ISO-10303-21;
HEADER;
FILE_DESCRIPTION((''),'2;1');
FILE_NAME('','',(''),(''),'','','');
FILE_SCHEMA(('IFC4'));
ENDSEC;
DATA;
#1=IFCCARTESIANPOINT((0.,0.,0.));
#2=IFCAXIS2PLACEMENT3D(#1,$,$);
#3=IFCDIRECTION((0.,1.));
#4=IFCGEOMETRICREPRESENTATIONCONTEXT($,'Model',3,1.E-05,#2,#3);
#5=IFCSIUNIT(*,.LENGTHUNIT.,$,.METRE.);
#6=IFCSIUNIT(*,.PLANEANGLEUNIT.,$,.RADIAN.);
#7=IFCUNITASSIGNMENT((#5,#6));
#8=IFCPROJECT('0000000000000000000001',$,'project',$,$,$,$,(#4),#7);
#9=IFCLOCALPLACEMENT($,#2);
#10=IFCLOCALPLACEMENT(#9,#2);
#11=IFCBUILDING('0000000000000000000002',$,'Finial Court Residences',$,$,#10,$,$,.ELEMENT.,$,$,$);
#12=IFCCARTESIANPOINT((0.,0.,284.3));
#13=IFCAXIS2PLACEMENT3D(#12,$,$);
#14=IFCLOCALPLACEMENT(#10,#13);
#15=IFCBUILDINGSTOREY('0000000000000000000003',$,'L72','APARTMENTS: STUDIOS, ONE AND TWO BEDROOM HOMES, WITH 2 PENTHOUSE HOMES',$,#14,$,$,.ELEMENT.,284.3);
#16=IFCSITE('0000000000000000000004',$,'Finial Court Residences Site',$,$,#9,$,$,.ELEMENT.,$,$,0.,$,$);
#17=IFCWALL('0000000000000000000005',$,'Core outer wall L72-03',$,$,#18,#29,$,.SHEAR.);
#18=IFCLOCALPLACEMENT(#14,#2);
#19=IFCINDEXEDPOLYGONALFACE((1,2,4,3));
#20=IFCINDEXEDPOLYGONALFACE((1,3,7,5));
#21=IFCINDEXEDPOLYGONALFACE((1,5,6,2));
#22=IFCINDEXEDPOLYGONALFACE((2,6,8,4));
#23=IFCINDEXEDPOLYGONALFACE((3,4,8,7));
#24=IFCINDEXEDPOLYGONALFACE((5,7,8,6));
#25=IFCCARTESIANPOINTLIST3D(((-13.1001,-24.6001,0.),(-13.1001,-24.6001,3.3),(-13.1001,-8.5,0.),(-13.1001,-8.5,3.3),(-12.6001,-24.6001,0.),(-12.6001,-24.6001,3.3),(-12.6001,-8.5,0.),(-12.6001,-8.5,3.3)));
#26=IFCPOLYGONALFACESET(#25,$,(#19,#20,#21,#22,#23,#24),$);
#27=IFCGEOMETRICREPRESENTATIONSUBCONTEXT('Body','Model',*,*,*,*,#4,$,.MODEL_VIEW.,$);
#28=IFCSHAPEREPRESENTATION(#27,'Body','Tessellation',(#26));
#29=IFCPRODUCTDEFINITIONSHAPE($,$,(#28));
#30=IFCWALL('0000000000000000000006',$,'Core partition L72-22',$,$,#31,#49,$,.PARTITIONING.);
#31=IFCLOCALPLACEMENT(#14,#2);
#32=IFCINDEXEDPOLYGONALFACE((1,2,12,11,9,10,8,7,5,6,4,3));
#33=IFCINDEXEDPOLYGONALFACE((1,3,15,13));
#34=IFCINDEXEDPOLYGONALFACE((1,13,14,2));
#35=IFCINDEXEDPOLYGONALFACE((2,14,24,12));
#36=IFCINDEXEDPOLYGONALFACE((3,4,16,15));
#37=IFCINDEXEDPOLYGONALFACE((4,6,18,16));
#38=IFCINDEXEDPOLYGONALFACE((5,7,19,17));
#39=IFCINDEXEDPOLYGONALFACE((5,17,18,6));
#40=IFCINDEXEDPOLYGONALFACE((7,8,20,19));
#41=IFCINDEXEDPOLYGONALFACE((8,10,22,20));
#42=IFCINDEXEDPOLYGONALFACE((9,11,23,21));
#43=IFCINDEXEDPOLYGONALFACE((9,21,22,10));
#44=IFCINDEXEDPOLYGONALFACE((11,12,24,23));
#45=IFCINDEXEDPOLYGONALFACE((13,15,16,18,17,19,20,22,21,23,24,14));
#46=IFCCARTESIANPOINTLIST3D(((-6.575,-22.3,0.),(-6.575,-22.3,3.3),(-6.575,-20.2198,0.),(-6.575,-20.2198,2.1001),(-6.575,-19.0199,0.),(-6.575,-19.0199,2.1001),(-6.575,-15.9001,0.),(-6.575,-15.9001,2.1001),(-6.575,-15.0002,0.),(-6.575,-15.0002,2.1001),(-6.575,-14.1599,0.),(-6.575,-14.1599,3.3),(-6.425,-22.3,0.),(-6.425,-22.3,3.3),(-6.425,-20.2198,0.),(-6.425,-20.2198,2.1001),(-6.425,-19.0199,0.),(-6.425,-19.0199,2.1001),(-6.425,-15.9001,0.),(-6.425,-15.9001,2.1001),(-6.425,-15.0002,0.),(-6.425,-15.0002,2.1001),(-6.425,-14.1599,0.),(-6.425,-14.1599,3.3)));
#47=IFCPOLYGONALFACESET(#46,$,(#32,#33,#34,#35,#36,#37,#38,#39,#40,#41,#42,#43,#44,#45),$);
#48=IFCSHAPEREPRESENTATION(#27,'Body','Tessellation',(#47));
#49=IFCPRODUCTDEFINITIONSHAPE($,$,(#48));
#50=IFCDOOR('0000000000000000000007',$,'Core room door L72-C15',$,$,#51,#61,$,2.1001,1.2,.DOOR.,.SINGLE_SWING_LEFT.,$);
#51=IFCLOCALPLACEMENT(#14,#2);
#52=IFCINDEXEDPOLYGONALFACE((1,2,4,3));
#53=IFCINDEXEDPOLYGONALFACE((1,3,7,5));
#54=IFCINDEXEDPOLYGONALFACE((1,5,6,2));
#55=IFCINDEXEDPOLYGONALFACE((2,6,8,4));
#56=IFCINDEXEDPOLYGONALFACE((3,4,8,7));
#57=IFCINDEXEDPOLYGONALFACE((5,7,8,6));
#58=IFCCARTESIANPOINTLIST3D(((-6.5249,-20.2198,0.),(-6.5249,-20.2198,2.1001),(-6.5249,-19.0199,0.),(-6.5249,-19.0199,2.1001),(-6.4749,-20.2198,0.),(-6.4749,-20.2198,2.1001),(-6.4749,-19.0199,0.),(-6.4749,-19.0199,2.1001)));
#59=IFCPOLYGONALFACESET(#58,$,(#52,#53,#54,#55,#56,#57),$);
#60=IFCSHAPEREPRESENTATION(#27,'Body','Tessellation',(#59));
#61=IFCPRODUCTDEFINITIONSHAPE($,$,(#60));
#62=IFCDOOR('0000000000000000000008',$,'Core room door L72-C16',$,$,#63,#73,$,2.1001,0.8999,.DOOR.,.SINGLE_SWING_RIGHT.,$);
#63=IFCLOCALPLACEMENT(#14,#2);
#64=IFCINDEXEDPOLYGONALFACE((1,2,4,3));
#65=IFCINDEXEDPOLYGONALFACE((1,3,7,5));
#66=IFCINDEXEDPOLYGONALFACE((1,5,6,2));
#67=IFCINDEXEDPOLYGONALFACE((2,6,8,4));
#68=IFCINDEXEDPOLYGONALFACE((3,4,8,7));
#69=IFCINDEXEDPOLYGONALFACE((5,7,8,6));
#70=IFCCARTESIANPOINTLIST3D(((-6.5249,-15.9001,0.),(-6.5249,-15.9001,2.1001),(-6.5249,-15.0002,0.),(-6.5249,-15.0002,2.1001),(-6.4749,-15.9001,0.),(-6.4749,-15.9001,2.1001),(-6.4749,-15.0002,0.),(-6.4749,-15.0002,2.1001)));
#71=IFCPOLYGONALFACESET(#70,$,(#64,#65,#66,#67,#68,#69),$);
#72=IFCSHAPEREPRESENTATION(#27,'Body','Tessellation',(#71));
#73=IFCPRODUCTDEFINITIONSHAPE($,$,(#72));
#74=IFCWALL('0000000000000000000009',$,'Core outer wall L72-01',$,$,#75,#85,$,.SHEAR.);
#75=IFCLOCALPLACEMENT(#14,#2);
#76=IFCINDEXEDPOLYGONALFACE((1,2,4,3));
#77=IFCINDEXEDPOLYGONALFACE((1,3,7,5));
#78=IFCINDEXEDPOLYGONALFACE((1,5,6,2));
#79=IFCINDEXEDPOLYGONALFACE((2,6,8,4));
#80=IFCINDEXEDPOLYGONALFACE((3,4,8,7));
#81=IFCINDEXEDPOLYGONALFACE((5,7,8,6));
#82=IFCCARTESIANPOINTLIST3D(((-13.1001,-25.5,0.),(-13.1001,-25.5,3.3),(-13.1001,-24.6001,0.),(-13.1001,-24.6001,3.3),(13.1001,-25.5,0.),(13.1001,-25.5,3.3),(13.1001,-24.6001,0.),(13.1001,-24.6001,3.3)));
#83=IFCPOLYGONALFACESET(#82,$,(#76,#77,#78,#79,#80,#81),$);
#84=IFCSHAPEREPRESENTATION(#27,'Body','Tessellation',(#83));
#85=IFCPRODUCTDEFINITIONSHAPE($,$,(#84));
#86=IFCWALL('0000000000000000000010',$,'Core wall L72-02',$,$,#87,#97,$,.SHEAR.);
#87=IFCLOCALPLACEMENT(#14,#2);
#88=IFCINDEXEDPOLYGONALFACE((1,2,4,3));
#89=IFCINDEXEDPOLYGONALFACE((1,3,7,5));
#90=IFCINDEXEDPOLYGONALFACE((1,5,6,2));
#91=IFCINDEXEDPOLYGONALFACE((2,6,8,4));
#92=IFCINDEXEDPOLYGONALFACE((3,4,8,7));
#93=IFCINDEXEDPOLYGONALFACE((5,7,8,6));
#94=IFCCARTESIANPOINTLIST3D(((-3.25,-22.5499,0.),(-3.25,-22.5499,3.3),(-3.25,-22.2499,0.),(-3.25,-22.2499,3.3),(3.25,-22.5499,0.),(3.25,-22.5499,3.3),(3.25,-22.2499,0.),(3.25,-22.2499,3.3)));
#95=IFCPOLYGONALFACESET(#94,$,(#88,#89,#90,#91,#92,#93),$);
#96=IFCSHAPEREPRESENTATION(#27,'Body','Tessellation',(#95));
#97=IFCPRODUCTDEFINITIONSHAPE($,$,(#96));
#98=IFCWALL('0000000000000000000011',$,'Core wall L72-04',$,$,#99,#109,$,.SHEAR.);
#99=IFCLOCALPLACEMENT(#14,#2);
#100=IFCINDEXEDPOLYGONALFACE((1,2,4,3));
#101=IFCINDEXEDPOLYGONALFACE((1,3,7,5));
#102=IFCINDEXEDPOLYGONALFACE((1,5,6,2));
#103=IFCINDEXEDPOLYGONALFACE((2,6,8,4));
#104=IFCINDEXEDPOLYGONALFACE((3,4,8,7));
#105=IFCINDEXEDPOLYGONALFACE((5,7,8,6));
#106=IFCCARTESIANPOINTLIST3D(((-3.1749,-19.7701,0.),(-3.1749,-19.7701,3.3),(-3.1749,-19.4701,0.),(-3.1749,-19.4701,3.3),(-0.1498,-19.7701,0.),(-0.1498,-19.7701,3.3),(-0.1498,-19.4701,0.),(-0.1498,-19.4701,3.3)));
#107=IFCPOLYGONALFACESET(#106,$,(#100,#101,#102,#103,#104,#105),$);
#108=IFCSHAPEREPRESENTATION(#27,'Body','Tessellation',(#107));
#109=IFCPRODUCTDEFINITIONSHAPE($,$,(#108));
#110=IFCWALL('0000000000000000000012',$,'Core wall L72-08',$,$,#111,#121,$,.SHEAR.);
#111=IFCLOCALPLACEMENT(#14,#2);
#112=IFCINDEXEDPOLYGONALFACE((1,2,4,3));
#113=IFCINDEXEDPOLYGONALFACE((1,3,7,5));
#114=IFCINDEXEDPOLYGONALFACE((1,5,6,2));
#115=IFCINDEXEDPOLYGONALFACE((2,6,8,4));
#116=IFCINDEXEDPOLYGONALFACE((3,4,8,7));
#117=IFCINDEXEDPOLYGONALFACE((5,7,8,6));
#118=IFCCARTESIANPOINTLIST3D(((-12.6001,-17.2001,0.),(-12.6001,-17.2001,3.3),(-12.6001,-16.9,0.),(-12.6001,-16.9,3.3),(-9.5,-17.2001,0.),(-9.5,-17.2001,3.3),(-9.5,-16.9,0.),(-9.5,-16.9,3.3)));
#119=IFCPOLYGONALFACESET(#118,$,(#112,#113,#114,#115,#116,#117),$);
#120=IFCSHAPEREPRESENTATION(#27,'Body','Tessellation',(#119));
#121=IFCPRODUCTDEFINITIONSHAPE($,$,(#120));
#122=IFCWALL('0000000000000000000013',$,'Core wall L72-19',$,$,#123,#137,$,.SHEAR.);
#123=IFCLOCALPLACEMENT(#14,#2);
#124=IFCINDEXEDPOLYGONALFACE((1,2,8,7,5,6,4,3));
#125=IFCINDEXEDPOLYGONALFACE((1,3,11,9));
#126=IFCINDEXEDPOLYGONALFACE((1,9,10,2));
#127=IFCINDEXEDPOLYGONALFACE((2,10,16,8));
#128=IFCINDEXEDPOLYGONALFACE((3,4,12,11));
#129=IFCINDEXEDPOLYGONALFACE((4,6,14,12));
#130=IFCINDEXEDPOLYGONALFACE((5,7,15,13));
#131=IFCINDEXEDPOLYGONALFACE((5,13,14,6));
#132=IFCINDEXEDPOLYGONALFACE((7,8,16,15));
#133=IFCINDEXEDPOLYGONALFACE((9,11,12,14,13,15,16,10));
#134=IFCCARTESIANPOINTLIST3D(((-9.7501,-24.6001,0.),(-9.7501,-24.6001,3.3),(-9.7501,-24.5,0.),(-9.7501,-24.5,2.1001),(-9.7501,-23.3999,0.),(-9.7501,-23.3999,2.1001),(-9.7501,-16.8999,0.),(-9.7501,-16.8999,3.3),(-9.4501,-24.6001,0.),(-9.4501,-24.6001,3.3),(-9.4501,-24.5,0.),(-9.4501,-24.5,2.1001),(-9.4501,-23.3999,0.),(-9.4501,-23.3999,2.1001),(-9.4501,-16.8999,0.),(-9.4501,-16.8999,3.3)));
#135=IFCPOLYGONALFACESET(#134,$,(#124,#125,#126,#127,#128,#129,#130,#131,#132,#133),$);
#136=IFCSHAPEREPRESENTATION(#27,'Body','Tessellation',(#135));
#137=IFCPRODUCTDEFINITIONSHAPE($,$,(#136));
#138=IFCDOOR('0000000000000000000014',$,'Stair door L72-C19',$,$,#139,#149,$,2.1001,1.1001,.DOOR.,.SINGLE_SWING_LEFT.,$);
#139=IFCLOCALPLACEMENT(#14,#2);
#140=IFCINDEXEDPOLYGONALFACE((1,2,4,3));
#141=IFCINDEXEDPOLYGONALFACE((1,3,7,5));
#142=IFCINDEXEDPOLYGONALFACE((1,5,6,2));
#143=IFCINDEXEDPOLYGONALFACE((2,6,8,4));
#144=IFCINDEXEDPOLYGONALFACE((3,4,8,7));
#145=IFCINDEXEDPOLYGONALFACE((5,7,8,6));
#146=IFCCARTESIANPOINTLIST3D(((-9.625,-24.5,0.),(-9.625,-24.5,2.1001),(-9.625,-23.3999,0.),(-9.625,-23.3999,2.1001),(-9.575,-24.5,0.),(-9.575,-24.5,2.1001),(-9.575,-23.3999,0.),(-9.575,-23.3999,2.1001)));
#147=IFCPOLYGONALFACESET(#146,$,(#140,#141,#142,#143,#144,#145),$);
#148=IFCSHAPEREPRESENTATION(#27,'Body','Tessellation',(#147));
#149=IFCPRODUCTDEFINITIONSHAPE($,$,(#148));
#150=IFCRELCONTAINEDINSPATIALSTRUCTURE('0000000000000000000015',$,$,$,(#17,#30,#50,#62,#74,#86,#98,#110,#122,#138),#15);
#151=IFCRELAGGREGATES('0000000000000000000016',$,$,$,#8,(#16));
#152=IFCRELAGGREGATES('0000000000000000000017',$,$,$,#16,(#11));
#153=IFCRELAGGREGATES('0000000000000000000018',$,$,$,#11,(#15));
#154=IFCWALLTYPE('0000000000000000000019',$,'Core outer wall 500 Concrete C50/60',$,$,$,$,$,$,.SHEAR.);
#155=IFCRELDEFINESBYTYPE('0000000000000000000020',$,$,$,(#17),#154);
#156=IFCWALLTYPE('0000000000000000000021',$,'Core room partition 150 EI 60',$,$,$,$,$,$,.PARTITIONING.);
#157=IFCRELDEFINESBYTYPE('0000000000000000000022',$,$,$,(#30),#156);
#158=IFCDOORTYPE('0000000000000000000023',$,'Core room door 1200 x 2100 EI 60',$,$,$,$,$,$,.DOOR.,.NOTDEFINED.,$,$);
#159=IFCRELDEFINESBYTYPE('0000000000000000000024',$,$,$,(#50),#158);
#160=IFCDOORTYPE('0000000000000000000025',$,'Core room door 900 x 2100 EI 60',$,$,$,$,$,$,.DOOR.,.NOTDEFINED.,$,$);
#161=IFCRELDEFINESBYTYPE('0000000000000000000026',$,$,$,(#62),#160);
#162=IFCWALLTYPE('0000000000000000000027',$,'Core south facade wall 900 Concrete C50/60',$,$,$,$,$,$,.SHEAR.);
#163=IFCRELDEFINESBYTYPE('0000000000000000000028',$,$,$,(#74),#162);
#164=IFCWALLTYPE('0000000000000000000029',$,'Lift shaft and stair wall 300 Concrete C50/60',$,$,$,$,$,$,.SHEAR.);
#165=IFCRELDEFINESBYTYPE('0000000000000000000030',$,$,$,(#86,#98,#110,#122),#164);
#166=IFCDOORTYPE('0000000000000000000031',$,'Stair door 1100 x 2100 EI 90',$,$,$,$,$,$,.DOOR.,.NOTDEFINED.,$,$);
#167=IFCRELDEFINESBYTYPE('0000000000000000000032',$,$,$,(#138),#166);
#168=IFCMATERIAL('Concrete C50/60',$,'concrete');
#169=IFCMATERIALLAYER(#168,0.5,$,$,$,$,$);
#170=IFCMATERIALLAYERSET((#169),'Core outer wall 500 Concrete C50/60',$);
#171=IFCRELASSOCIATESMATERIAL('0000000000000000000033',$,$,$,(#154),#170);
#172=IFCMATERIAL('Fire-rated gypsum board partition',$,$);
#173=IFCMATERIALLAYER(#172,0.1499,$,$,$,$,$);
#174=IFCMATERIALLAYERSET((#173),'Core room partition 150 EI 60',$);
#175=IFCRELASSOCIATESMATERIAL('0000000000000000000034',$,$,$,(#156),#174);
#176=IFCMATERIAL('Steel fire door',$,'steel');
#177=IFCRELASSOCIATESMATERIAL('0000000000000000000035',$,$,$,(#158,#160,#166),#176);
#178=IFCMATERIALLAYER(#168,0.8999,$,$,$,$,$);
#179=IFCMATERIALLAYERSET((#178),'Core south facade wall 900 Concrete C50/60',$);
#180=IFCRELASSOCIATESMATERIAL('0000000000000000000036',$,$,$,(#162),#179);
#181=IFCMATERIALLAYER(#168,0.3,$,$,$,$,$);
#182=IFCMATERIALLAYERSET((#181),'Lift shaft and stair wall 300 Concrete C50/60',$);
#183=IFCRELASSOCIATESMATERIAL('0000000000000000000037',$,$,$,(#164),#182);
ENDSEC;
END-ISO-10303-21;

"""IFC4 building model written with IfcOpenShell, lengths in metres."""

from ifc_helpers import new_model, si_unit, direction, frame, frame_2d, origin, place, context, subcontext, project, spatial, rectangle, extrude, material, layer, layer_set, type_object, element, fill, save


model = new_model("IFC4")

# Units and contexts
model_context = context("Model", 3, precision=1e-05, world=origin(), true_north=direction((0.0, 1.0)))
body_context = subcontext(model_context, "Body", "Model", "MODEL_VIEW")
ifc_project = project(units=[si_unit("LENGTHUNIT", "METRE"), si_unit("PLANEANGLEUNIT", "RADIAN")], contexts=[model_context])

# Site, building, storey
site_placement = place(None, origin())
site = spatial("IfcSite", under=ifc_project, at=site_placement, Name="Finial Court Residences Site", CompositionType="ELEMENT", RefElevation=0.0)
building_placement = place(site_placement, origin())
building = spatial("IfcBuilding", under=site, at=building_placement, Name="Finial Court Residences", CompositionType="ELEMENT")
storey_placement = place(building_placement, frame((0.0, 0.0, 284.3)))
storey = spatial("IfcBuildingStorey", under=building, at=storey_placement, Name="L72", Description="APARTMENTS: STUDIOS, ONE AND TWO BEDROOM HOMES, WITH 2 PENTHOUSE HOMES", CompositionType="ELEMENT", Elevation=284.3)

# Wall
ifc_material_1 = material(Name="Concrete C50/60", Category="concrete")
ifc_layer_1 = layer(ifc_material_1, 0.5)
ifc_layer_set_1 = layer_set([ifc_layer_1], Name="Core outer wall 500 Concrete C50/60")
wall_type_1 = type_object("IfcWallType", Name="Core outer wall 500 Concrete C50/60", PredefinedType="SHEAR", material=ifc_layer_set_1)
wall_1_placement = place(storey_placement, frame((-12.8501, -24.6001, 0.0), z_axis=(0.0, 0.0, 1.0), x_axis=(0.0, 1.0, 0.0)))
element("IfcWall", 1, at=wall_1_placement, inside=storey, type_object=wall_type_1, Name="Core outer wall L72-03", PredefinedType="SHEAR", context=body_context, shape_type="SweptSolid", body=[
    extrude(rectangle(XDim=16.1001, YDim=0.5, at=frame_2d((8.05, 0.0))), origin(), (0.0, 0.0, 1.0), 3.3),
])

# Wall, openings, doors
ifc_material_2 = material(Name="Fire-rated gypsum board partition")
ifc_layer_2 = layer(ifc_material_2, 0.1499)
ifc_layer_set_2 = layer_set([ifc_layer_2], Name="Core room partition 150 EI 60")
wall_type_2 = type_object("IfcWallType", Name="Core room partition 150 EI 60", PredefinedType="PARTITIONING", material=ifc_layer_set_2)
wall_2_placement = place(storey_placement, frame((-6.5, -22.3, 0.0), z_axis=(0.0, 0.0, 1.0), x_axis=(0.0, 1.0, 0.0)))
wall_2 = element("IfcWall", 2, at=wall_2_placement, inside=storey, type_object=wall_type_2, Name="Core partition L72-22", PredefinedType="PARTITIONING", context=body_context, shape_type="SweptSolid", body=[
    extrude(rectangle(XDim=8.1401, YDim=0.1499, at=frame_2d((4.0701, 0.0))), origin(), (0.0, 0.0, 1.0), 3.3),
])
opening_1_placement = place(wall_2_placement, frame((2.0801, 0.0, 0.0)))
opening_1 = element("IfcOpeningElement", 3, at=opening_1_placement, cuts=wall_2, PredefinedType="OPENING", context=body_context, shape_type="SweptSolid", body=[
    extrude(rectangle(XDim=1.2, YDim=2.1001, at=frame_2d((0.6001, 1.05))), frame((0.0, 0.085, 0.0), z_axis=(0.0, -1.0, 0.0), x_axis=(1.0, 0.0, 0.0)), (0.0, 0.0, 1.0), 0.1699),
])
opening_2_placement = place(wall_2_placement, frame((6.3999, 0.0, 0.0)))
opening_2 = element("IfcOpeningElement", 4, at=opening_2_placement, cuts=wall_2, PredefinedType="OPENING", context=body_context, shape_type="SweptSolid", body=[
    extrude(rectangle(XDim=0.8999, YDim=2.1001, at=frame_2d((0.45, 1.05))), frame((0.0, 0.085, 0.0), z_axis=(0.0, -1.0, 0.0), x_axis=(1.0, 0.0, 0.0)), (0.0, 0.0, 1.0), 0.1699),
])
ifc_material_3 = material(Name="Steel fire door", Category="steel")
door_type_1 = type_object("IfcDoorType", Name="Core room door 1200 x 2100 EI 60", OperationType="NOTDEFINED", PredefinedType="DOOR", material=ifc_material_3)
door_1_placement = place(opening_1_placement, origin())
door_1 = element("IfcDoor", 5, at=door_1_placement, inside=storey, type_object=door_type_1, Name="Core room door L72-C15", OperationType="SINGLE_SWING_LEFT", OverallHeight=2.1001, OverallWidth=1.2, PredefinedType="DOOR", context=body_context, shape_type="SweptSolid", body=[
    extrude(rectangle(XDim=1.2, YDim=2.1001, at=frame_2d((0.6001, 1.05))), frame((0.0, 0.0249, 0.0), z_axis=(0.0, -1.0, 0.0), x_axis=(1.0, 0.0, 0.0)), (0.0, 0.0, 1.0), 0.05),
])
fill(opening_1, door_1)
door_type_2 = type_object("IfcDoorType", Name="Core room door 900 x 2100 EI 60", OperationType="NOTDEFINED", PredefinedType="DOOR", material=ifc_material_3)
door_2_placement = place(opening_2_placement, origin())
door_2 = element("IfcDoor", 6, at=door_2_placement, inside=storey, type_object=door_type_2, Name="Core room door L72-C16", OperationType="SINGLE_SWING_RIGHT", OverallHeight=2.1001, OverallWidth=0.8999, PredefinedType="DOOR", context=body_context, shape_type="SweptSolid", body=[
    extrude(rectangle(XDim=0.8999, YDim=2.1001, at=frame_2d((0.45, 1.05))), frame((0.0, 0.0249, 0.0), z_axis=(0.0, -1.0, 0.0), x_axis=(1.0, 0.0, 0.0)), (0.0, 0.0, 1.0), 0.05),
])
fill(opening_2, door_2)

# Walls
ifc_layer_3 = layer(ifc_material_1, 0.8999)
ifc_layer_set_3 = layer_set([ifc_layer_3], Name="Core south facade wall 900 Concrete C50/60")
wall_type_3 = type_object("IfcWallType", Name="Core south facade wall 900 Concrete C50/60", PredefinedType="SHEAR", material=ifc_layer_set_3)
wall_3_placement = place(storey_placement, frame((-13.1001, -25.05, 0.0), z_axis=(0.0, 0.0, 1.0), x_axis=(1.0, 0.0, 0.0)))
element("IfcWall", 7, at=wall_3_placement, inside=storey, type_object=wall_type_3, Name="Core outer wall L72-01", PredefinedType="SHEAR", context=body_context, shape_type="SweptSolid", body=[
    extrude(rectangle(XDim=26.2002, YDim=0.8999, at=frame_2d((13.1001, 0.0))), origin(), (0.0, 0.0, 1.0), 3.3),
])
ifc_layer_4 = layer(ifc_material_1, 0.3)
ifc_layer_set_4 = layer_set([ifc_layer_4], Name="Lift shaft and stair wall 300 Concrete C50/60")
wall_type_4 = type_object("IfcWallType", Name="Lift shaft and stair wall 300 Concrete C50/60", PredefinedType="SHEAR", material=ifc_layer_set_4)
wall_4_placement = place(storey_placement, frame((-3.25, -22.3999, 0.0), z_axis=(0.0, 0.0, 1.0), x_axis=(1.0, 0.0, 0.0)))
element("IfcWall", 8, at=wall_4_placement, inside=storey, type_object=wall_type_4, Name="Core wall L72-02", PredefinedType="SHEAR", context=body_context, shape_type="SweptSolid", body=[
    extrude(rectangle(XDim=6.5, YDim=0.3, at=frame_2d((3.25, 0.0))), origin(), (0.0, 0.0, 1.0), 3.3),
])
wall_5_placement = place(storey_placement, frame((-3.175, -19.6201, 0.0), z_axis=(0.0, 0.0, 1.0), x_axis=(1.0, 0.0, 0.0)))
element("IfcWall", 9, at=wall_5_placement, inside=storey, type_object=wall_type_4, Name="Core wall L72-04", PredefinedType="SHEAR", context=body_context, shape_type="SweptSolid", body=[
    extrude(rectangle(XDim=3.0251, YDim=0.3, at=frame_2d((1.5127, 0.0))), origin(), (0.0, 0.0, 1.0), 3.3),
])
wall_6_placement = place(storey_placement, frame((-12.6001, -17.05, 0.0), z_axis=(0.0, 0.0, 1.0), x_axis=(1.0, 0.0, 0.0)))
element("IfcWall", 10, at=wall_6_placement, inside=storey, type_object=wall_type_4, Name="Core wall L72-08", PredefinedType="SHEAR", context=body_context, shape_type="SweptSolid", body=[
    extrude(rectangle(XDim=3.1001, YDim=0.3, at=frame_2d((1.55, 0.0))), origin(), (0.0, 0.0, 1.0), 3.3),
])

# Wall, opening, door
wall_7_placement = place(storey_placement, frame((-9.6001, -24.6001, 0.0), z_axis=(0.0, 0.0, 1.0), x_axis=(0.0, 1.0, 0.0)))
wall_7 = element("IfcWall", 11, at=wall_7_placement, inside=storey, type_object=wall_type_4, Name="Core wall L72-19", PredefinedType="SHEAR", context=body_context, shape_type="SweptSolid", body=[
    extrude(rectangle(XDim=7.7002, YDim=0.3, at=frame_2d((3.8501, 0.0))), origin(), (0.0, 0.0, 1.0), 3.3),
])
opening_3_placement = place(wall_7_placement, frame((0.1001, 0.0, 0.0)))
opening_3 = element("IfcOpeningElement", 12, at=opening_3_placement, cuts=wall_7, PredefinedType="OPENING", context=body_context, shape_type="SweptSolid", body=[
    extrude(rectangle(XDim=1.1001, YDim=2.1001, at=frame_2d((0.55, 1.05))), frame((0.0, 0.1599, 0.0), z_axis=(0.0, -1.0, 0.0), x_axis=(1.0, 0.0, 0.0)), (0.0, 0.0, 1.0), 0.3201),
])
door_type_3 = type_object("IfcDoorType", Name="Stair door 1100 x 2100 EI 90", OperationType="NOTDEFINED", PredefinedType="DOOR", material=ifc_material_3)
door_3_placement = place(opening_3_placement, origin())
door_3 = element("IfcDoor", 13, at=door_3_placement, inside=storey, type_object=door_type_3, Name="Stair door L72-C19", OperationType="SINGLE_SWING_LEFT", OverallHeight=2.1001, OverallWidth=1.1001, PredefinedType="DOOR", context=body_context, shape_type="SweptSolid", body=[
    extrude(rectangle(XDim=1.1001, YDim=2.1001, at=frame_2d((0.55, 1.05))), frame((0.0, 0.0249, 0.0), z_axis=(0.0, -1.0, 0.0), x_axis=(1.0, 0.0, 0.0)), (0.0, 0.0, 1.0), 0.05),
])
fill(opening_3, door_3)

save(model, "model.ifc")
